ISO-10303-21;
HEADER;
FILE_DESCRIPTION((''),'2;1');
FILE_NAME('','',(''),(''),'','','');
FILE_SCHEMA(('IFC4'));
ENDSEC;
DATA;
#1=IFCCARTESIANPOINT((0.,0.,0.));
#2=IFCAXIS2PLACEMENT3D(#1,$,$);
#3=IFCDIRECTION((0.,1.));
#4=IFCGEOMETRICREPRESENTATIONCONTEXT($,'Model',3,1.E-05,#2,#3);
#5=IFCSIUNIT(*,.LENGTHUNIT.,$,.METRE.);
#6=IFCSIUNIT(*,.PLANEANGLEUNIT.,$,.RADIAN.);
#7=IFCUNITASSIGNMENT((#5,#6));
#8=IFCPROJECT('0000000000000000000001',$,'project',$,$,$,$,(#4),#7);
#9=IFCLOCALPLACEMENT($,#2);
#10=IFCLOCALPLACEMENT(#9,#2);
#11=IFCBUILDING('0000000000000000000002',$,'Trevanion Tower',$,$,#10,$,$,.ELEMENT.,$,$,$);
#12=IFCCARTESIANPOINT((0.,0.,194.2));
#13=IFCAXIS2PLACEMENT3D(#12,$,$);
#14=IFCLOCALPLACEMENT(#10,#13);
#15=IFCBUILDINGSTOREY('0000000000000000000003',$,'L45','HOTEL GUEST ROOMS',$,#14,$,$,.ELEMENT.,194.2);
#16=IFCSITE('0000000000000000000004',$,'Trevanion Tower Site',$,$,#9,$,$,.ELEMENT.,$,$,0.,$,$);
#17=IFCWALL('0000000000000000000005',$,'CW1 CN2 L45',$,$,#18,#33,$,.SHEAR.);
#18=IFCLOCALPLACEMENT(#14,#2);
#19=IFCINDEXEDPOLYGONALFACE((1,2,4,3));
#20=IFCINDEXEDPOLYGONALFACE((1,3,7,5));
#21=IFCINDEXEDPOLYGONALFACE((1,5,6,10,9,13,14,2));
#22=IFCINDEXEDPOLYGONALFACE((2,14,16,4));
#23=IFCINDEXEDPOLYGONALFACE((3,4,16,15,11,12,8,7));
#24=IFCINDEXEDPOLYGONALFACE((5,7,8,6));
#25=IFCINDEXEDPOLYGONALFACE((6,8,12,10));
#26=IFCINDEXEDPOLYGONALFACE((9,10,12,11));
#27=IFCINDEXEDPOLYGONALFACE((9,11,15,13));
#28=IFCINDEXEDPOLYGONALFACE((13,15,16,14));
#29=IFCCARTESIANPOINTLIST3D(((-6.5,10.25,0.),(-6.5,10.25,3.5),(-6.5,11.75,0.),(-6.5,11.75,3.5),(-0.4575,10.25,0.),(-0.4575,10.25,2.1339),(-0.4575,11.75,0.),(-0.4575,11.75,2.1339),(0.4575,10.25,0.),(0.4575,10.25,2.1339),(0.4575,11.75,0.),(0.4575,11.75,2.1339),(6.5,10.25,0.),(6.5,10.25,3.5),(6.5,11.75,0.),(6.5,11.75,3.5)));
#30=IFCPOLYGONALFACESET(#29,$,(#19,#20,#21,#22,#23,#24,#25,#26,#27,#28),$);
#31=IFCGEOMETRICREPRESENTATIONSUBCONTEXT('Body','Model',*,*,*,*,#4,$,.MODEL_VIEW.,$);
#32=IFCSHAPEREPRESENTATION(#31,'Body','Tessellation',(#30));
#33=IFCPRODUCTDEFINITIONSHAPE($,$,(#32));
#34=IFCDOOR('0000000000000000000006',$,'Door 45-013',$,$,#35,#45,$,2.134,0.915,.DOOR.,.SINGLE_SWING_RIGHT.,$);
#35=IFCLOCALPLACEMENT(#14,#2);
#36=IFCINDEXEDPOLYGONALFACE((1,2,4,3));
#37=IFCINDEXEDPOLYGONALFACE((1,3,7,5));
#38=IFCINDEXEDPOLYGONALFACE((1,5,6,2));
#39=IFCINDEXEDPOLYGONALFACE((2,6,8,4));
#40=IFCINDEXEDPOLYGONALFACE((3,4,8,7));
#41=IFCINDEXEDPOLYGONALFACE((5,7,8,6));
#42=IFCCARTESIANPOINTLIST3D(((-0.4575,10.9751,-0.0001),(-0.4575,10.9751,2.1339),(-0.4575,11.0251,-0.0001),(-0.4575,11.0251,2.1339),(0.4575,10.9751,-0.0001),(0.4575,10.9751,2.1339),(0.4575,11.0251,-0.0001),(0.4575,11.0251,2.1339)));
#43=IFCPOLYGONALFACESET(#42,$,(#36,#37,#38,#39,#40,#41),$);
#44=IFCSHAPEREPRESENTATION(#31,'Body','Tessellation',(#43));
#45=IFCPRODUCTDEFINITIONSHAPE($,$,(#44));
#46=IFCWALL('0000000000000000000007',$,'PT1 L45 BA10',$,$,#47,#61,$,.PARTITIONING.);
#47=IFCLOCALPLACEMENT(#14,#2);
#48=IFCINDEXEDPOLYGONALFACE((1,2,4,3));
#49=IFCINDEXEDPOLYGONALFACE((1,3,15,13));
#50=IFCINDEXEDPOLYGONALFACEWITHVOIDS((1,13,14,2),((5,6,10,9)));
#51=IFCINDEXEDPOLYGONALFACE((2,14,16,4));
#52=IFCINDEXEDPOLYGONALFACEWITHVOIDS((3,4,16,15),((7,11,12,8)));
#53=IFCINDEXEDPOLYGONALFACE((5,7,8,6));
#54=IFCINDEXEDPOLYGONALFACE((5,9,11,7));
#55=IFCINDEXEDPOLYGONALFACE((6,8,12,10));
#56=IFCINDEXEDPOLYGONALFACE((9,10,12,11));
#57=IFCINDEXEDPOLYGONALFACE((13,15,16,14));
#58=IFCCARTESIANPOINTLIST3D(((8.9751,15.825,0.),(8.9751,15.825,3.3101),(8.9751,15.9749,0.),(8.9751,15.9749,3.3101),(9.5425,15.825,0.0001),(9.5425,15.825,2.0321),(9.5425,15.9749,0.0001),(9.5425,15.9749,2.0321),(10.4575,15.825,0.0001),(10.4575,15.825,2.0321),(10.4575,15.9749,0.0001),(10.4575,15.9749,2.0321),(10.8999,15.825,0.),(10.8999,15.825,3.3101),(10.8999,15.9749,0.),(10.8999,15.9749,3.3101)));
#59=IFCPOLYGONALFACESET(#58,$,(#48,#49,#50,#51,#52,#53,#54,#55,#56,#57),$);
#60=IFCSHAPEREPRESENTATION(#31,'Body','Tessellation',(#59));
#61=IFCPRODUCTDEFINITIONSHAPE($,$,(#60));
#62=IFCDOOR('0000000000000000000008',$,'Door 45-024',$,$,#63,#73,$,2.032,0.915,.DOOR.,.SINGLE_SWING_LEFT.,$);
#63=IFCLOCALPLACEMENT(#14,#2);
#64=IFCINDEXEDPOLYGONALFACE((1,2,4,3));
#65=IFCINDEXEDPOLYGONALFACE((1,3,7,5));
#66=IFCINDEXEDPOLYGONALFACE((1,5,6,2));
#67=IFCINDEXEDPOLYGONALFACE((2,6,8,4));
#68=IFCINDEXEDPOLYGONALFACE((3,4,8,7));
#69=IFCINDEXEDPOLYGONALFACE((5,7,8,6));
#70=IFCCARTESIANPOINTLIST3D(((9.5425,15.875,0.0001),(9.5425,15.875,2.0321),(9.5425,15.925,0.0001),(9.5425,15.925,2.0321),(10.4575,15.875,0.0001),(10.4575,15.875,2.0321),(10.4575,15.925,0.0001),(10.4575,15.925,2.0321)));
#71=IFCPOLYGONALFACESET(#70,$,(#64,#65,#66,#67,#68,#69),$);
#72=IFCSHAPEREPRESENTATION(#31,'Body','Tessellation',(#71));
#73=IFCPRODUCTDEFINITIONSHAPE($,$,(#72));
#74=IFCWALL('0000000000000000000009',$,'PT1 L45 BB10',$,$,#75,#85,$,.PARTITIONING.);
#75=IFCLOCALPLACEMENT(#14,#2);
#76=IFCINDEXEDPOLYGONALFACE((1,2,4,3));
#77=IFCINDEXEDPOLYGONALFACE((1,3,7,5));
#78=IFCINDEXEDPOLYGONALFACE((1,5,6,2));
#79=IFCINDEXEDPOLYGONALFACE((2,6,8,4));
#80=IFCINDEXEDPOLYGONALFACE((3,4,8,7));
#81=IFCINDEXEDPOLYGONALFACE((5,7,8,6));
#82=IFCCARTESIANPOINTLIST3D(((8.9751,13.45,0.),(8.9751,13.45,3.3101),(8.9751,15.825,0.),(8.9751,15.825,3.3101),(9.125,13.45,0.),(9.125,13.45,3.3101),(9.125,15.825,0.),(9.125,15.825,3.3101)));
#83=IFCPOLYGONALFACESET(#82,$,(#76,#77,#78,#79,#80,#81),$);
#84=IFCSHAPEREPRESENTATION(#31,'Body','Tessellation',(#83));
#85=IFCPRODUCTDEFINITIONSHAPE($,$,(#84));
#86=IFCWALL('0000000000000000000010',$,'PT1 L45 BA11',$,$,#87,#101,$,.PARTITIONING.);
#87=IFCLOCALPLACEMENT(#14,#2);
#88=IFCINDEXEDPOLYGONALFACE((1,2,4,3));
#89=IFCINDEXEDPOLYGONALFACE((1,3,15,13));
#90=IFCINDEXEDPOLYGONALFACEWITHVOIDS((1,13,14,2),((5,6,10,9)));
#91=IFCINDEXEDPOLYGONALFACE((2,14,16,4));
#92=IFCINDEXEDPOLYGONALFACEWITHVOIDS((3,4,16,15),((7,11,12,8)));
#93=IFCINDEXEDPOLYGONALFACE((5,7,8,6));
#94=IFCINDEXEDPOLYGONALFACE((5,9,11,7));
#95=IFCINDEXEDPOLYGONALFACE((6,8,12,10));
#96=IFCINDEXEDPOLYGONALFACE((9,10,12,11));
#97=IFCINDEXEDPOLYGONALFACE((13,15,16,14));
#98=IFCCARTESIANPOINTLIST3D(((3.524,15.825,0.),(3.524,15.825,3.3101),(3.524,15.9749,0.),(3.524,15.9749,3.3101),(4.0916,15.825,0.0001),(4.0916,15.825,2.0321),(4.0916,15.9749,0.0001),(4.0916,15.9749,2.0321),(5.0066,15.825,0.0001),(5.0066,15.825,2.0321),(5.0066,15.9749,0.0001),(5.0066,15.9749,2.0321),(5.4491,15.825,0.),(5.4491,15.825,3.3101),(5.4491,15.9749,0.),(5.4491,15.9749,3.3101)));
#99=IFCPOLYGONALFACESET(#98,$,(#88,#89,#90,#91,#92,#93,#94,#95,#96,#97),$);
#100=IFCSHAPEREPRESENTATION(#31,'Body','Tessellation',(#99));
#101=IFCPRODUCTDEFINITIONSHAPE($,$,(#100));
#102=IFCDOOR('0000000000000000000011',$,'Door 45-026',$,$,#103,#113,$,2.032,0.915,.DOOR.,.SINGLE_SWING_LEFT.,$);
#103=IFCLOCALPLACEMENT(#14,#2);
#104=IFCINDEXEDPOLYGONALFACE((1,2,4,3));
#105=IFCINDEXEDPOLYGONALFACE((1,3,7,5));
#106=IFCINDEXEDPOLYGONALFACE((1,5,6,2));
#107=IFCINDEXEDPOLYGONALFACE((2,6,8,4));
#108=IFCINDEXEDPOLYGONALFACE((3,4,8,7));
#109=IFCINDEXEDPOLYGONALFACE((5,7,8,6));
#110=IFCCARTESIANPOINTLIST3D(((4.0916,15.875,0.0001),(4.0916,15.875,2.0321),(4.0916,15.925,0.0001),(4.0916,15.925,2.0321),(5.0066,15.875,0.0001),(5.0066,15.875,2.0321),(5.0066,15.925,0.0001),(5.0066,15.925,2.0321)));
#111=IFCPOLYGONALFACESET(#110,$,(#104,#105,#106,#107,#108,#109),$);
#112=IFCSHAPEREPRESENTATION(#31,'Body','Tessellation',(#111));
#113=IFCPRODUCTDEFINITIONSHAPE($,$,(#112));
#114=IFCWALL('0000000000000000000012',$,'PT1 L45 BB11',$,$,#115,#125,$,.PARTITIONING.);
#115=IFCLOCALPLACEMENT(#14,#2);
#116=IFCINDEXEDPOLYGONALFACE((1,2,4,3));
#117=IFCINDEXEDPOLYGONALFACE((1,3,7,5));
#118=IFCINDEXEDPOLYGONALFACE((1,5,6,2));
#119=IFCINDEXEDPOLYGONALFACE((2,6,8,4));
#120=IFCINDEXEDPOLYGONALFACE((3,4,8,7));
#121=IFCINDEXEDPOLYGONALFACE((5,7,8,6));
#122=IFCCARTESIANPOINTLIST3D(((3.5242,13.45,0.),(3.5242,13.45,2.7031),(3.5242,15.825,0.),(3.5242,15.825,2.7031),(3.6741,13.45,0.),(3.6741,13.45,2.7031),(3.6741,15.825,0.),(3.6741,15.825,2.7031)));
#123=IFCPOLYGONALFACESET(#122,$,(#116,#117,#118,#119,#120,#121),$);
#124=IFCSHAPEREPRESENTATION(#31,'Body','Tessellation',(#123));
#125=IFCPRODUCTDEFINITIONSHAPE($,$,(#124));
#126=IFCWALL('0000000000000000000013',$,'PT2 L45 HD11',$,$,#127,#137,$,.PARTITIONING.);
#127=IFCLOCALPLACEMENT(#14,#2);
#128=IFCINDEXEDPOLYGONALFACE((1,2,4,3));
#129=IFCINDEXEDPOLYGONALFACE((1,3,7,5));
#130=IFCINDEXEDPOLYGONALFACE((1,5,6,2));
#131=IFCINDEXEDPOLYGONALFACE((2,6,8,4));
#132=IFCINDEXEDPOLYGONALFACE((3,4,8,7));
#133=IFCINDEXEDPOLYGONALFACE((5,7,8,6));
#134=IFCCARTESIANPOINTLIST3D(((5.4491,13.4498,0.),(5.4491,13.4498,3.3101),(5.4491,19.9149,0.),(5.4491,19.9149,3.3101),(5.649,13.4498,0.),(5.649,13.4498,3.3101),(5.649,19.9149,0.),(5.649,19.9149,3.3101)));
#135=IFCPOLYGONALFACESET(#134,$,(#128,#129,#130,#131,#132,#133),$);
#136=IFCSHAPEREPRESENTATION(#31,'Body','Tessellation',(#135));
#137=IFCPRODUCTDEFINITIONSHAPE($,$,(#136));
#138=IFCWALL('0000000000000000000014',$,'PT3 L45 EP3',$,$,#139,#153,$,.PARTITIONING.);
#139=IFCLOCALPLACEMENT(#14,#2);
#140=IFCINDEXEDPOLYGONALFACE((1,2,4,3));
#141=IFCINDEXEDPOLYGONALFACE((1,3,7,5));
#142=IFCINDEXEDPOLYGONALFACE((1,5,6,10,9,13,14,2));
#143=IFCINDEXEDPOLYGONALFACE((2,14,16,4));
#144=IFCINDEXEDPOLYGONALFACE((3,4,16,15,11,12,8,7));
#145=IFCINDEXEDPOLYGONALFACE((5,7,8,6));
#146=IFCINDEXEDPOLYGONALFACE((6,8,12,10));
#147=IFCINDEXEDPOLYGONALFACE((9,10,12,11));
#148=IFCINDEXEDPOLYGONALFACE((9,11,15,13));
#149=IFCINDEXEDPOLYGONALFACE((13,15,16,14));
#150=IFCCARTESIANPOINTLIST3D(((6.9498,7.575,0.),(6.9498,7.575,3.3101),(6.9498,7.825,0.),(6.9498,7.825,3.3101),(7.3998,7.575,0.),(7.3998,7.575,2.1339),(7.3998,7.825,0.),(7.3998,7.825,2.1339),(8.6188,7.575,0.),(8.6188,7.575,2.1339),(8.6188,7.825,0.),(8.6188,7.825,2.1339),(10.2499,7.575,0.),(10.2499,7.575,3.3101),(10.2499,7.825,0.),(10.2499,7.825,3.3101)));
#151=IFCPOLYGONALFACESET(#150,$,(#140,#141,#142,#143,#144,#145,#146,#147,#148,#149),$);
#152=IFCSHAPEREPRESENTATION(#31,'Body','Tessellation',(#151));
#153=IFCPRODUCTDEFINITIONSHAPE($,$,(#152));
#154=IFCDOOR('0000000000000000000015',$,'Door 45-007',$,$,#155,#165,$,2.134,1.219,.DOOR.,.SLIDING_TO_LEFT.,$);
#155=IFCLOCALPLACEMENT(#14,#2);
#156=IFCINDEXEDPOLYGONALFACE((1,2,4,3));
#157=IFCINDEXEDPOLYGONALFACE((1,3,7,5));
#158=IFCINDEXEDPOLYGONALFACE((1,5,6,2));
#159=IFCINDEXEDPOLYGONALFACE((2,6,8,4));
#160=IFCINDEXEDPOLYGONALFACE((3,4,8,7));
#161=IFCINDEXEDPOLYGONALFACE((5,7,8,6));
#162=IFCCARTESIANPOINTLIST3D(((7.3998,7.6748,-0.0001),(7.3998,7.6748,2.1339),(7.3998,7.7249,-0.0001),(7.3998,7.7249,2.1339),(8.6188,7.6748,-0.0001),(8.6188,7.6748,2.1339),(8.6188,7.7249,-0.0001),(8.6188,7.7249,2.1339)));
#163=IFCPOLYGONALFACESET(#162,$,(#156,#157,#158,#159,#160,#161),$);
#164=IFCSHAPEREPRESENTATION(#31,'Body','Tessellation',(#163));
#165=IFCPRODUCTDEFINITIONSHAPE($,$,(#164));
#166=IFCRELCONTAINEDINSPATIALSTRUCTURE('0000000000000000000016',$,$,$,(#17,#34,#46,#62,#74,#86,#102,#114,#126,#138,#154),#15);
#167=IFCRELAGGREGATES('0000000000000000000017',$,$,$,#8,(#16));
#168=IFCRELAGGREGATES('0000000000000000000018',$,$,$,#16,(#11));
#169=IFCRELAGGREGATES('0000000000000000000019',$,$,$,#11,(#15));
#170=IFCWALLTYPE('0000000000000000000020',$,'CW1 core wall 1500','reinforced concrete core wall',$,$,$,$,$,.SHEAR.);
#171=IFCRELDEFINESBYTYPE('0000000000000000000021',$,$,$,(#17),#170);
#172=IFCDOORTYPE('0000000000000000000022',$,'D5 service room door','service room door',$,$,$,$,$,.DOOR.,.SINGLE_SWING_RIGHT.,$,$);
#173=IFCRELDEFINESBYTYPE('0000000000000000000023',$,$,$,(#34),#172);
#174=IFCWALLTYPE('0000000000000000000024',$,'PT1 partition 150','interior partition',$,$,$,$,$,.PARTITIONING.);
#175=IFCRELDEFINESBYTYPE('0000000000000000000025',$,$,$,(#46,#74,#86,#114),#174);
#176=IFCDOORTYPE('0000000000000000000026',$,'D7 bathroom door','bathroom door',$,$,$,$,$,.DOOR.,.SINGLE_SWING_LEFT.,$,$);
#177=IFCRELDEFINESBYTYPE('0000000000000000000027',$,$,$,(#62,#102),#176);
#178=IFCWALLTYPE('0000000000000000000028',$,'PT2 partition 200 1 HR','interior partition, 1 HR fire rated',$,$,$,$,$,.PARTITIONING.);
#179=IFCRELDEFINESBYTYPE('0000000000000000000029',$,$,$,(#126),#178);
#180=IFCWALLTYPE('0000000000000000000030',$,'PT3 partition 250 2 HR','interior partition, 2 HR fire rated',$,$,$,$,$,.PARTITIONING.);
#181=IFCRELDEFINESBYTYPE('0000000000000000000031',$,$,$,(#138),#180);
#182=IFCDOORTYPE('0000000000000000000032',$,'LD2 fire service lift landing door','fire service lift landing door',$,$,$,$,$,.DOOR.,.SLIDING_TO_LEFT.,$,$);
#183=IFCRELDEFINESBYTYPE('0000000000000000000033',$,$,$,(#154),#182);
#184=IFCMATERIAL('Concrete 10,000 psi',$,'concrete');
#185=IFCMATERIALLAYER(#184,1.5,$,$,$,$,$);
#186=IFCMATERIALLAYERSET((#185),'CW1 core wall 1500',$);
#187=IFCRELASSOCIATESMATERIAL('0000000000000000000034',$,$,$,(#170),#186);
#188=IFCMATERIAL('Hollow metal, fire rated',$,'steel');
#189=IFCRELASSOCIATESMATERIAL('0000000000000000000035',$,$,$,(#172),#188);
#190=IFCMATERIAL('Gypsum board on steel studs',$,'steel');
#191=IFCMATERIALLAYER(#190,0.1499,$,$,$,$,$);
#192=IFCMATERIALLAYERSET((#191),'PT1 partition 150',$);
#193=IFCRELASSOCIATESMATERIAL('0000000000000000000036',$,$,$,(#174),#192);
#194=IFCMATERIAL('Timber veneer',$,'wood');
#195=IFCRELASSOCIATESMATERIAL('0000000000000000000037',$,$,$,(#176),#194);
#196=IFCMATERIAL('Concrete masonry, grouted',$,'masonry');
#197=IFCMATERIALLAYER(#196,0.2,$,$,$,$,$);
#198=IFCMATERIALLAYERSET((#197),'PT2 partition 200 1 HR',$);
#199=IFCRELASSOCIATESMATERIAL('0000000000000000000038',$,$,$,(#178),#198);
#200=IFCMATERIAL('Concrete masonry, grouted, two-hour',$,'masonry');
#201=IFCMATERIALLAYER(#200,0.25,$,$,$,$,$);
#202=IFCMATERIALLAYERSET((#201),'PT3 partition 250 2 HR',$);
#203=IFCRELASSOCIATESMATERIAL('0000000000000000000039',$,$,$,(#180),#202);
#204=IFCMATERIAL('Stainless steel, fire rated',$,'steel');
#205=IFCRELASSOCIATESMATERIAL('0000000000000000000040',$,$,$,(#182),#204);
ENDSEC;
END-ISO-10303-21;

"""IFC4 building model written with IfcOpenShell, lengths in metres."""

from ifc_helpers import new_model, si_unit, direction, frame, frame_2d, origin, place, context, subcontext, project, spatial, rectangle, extrude, material, layer, layer_set, type_object, element, fill, save


model = new_model("IFC4")

# Units and contexts
model_context = context("Model", 3, precision=1e-05, world=origin(), true_north=direction((0.0, 1.0)))
body_context = subcontext(model_context, "Body", "Model", "MODEL_VIEW")
ifc_project = project(units=[si_unit("LENGTHUNIT", "METRE"), si_unit("PLANEANGLEUNIT", "RADIAN")], contexts=[model_context])

# Site, building, storey
site_placement = place(None, origin())
site = spatial("IfcSite", under=ifc_project, at=site_placement, Name="Trevanion Tower Site", CompositionType="ELEMENT", RefElevation=0.0)
building_placement = place(site_placement, origin())
building = spatial("IfcBuilding", under=site, at=building_placement, Name="Trevanion Tower", CompositionType="ELEMENT")
storey_placement = place(building_placement, frame((0.0, 0.0, 194.2)))
storey = spatial("IfcBuildingStorey", under=building, at=storey_placement, Name="L45", Description="HOTEL GUEST ROOMS", CompositionType="ELEMENT", Elevation=194.2)

# Shared definitions
ifc_material_1 = material(Name="Concrete 10,000 psi", Category="concrete")
ifc_layer_1 = layer(ifc_material_1, 1.5)
ifc_layer_set_1 = layer_set([ifc_layer_1], Name="CW1 core wall 1500")
wall_type_1 = type_object("IfcWallType", Name="CW1 core wall 1500", Description="reinforced concrete core wall", PredefinedType="SHEAR", material=ifc_layer_set_1)

# Walls, openings, doors
wall_1_placement = place(storey_placement, frame((6.5, 11.0, 0.0), z_axis=(0.0, 0.0, 1.0), x_axis=(-1.0, 0.0, 0.0)))
wall_1 = element("IfcWall", 1, at=wall_1_placement, inside=storey, type_object=wall_type_1, Name="CW1 CN2 L45", PredefinedType="SHEAR", context=body_context, shape_type="SweptSolid", body=[
    extrude(rectangle(XDim=13.0, YDim=1.5, at=frame_2d((6.5, 0.0))), origin(), (0.0, 0.0, 1.0), 3.5),
])
opening_1_placement = place(wall_1_placement, frame((6.0425, 0.0, 0.0)))
opening_1 = element("IfcOpeningElement", 2, at=opening_1_placement, cuts=wall_1, PredefinedType="OPENING", context=body_context, shape_type="SweptSolid", body=[
    extrude(rectangle(XDim=0.915, YDim=2.134, at=frame_2d((0.4575, 1.0669))), frame((0.0, 0.76, 0.0), z_axis=(0.0, -1.0, 0.0), x_axis=(1.0, 0.0, 0.0)), (0.0, 0.0, 1.0), 1.52),
])
ifc_material_2 = material(Name="Hollow metal, fire rated", Category="steel")
door_type_1 = type_object("IfcDoorType", Name="D5 service room door", Description="service room door", OperationType="SINGLE_SWING_RIGHT", PredefinedType="DOOR", material=ifc_material_2)
door_1_placement = place(opening_1_placement, origin())
door_1 = element("IfcDoor", 3, at=door_1_placement, inside=storey, type_object=door_type_1, Name="Door 45-013", OperationType="SINGLE_SWING_RIGHT", OverallHeight=2.134, OverallWidth=0.915, PredefinedType="DOOR", context=body_context, shape_type="SweptSolid", body=[
    extrude(rectangle(XDim=0.915, YDim=2.134, at=frame_2d((0.4575, 1.0669))), frame((0.0, 0.0249, 0.0), z_axis=(0.0, -1.0, 0.0), x_axis=(1.0, 0.0, 0.0)), (0.0, 0.0, 1.0), 0.05),
])
fill(opening_1, door_1)
ifc_material_3 = material(Name="Gypsum board on steel studs", Category="steel")
ifc_layer_2 = layer(ifc_material_3, 0.1499)
ifc_layer_set_2 = layer_set([ifc_layer_2], Name="PT1 partition 150")
wall_type_2 = type_object("IfcWallType", Name="PT1 partition 150", Description="interior partition", PredefinedType="PARTITIONING", material=ifc_layer_set_2)
wall_2_placement = place(storey_placement, frame((10.8999, 15.8999, 0.0), z_axis=(0.0, 0.0, 1.0), x_axis=(-1.0, 0.0, 0.0)))
wall_2 = element("IfcWall", 4, at=wall_2_placement, inside=storey, type_object=wall_type_2, Name="PT1 L45 BA10", PredefinedType="PARTITIONING", context=body_context, shape_type="SweptSolid", body=[
    extrude(rectangle(XDim=1.9248, YDim=0.1499, at=frame_2d((0.9624, 0.0))), origin(), (0.0, 0.0, 1.0), 3.3101),
])
opening_2_placement = place(wall_2_placement, frame((0.4424, 0.0, 0.0)))
opening_2 = element("IfcOpeningElement", 5, at=opening_2_placement, cuts=wall_2, PredefinedType="OPENING", context=body_context, shape_type="SweptSolid", body=[
    extrude(rectangle(XDim=0.915, YDim=2.032, at=frame_2d((0.4575, 1.0161))), frame((0.0, 0.085, 0.0), z_axis=(0.0, -1.0, 0.0), x_axis=(1.0, 0.0, 0.0)), (0.0, 0.0, 1.0), 0.1699),
])
ifc_material_4 = material(Name="Timber veneer", Category="wood")
door_type_2 = type_object("IfcDoorType", Name="D7 bathroom door", Description="bathroom door", OperationType="SINGLE_SWING_LEFT", PredefinedType="DOOR", material=ifc_material_4)
door_2_placement = place(opening_2_placement, origin())
door_2 = element("IfcDoor", 6, at=door_2_placement, inside=storey, type_object=door_type_2, Name="Door 45-024", OperationType="SINGLE_SWING_LEFT", OverallHeight=2.032, OverallWidth=0.915, PredefinedType="DOOR", context=body_context, shape_type="SweptSolid", body=[
    extrude(rectangle(XDim=0.915, YDim=2.032, at=frame_2d((0.4575, 1.0161))), frame((0.0, 0.0249, 0.0), z_axis=(0.0, -1.0, 0.0), x_axis=(1.0, 0.0, 0.0)), (0.0, 0.0, 1.0), 0.05),
])
fill(opening_2, door_2)

# Wall
wall_3_placement = place(storey_placement, frame((9.05, 13.45, 0.0), z_axis=(0.0, 0.0, 1.0), x_axis=(0.0, 1.0, 0.0)))
element("IfcWall", 7, at=wall_3_placement, inside=storey, type_object=wall_type_2, Name="PT1 L45 BB10", PredefinedType="PARTITIONING", context=body_context, shape_type="SweptSolid", body=[
    extrude(rectangle(XDim=2.375, YDim=0.1499, at=frame_2d((1.1875, 0.0))), origin(), (0.0, 0.0, 1.0), 3.3101),
])

# Wall, opening, door
wall_4_placement = place(storey_placement, frame((5.449, 15.8999, 0.0), z_axis=(0.0, 0.0, 1.0), x_axis=(-1.0, 0.0, 0.0)))
wall_4 = element("IfcWall", 8, at=wall_4_placement, inside=storey, type_object=wall_type_2, Name="PT1 L45 BA11", PredefinedType="PARTITIONING", context=body_context, shape_type="SweptSolid", body=[
    extrude(rectangle(XDim=1.925, YDim=0.1499, at=frame_2d((0.9624, 0.0))), origin(), (0.0, 0.0, 1.0), 3.3101),
])
opening_3_placement = place(wall_4_placement, frame((0.4424, 0.0, 0.0)))
opening_3 = element("IfcOpeningElement", 9, at=opening_3_placement, cuts=wall_4, PredefinedType="OPENING", context=body_context, shape_type="SweptSolid", body=[
    extrude(rectangle(XDim=0.915, YDim=2.032, at=frame_2d((0.4575, 1.0161))), frame((0.0, 0.085, 0.0), z_axis=(0.0, -1.0, 0.0), x_axis=(1.0, 0.0, 0.0)), (0.0, 0.0, 1.0), 0.1699),
])
door_3_placement = place(opening_3_placement, origin())
door_3 = element("IfcDoor", 10, at=door_3_placement, inside=storey, type_object=door_type_2, Name="Door 45-026", OperationType="SINGLE_SWING_LEFT", OverallHeight=2.032, OverallWidth=0.915, PredefinedType="DOOR", context=body_context, shape_type="SweptSolid", body=[
    extrude(rectangle(XDim=0.915, YDim=2.032, at=frame_2d((0.4575, 1.0161))), frame((0.0, 0.0249, 0.0), z_axis=(0.0, -1.0, 0.0), x_axis=(1.0, 0.0, 0.0)), (0.0, 0.0, 1.0), 0.05),
])
fill(opening_3, door_3)

# Walls
wall_5_placement = place(storey_placement, frame((3.5991, 13.45, 0.0), z_axis=(0.0, 0.0, 1.0), x_axis=(0.0, 1.0, 0.0)))
element("IfcWall", 11, at=wall_5_placement, inside=storey, type_object=wall_type_2, Name="PT1 L45 BB11", PredefinedType="PARTITIONING", context=body_context, shape_type="SweptSolid", body=[
    extrude(rectangle(XDim=2.375, YDim=0.1499, at=frame_2d((1.1875, 0.0))), origin(), (0.0, 0.0, 1.0), 2.7031),
])
ifc_material_5 = material(Name="Concrete masonry, grouted", Category="masonry")
ifc_layer_3 = layer(ifc_material_5, 0.2)
ifc_layer_set_3 = layer_set([ifc_layer_3], Name="PT2 partition 200 1 HR")
wall_type_3 = type_object("IfcWallType", Name="PT2 partition 200 1 HR", Description="interior partition, 1 HR fire rated", PredefinedType="PARTITIONING", material=ifc_layer_set_3)
wall_6_placement = place(storey_placement, frame((5.5491, 13.45, 0.0), z_axis=(0.0, 0.0, 1.0), x_axis=(0.0, 1.0, 0.0)))
element("IfcWall", 12, at=wall_6_placement, inside=storey, type_object=wall_type_3, Name="PT2 L45 HD11", PredefinedType="PARTITIONING", context=body_context, shape_type="SweptSolid", body=[
    extrude(rectangle(XDim=6.4651, YDim=0.2, at=frame_2d((3.2324, 0.0))), origin(), (0.0, 0.0, 1.0), 3.3101),
])

# Wall, opening, door
ifc_material_6 = material(Name="Concrete masonry, grouted, two-hour", Category="masonry")
ifc_layer_4 = layer(ifc_material_6, 0.25)
ifc_layer_set_4 = layer_set([ifc_layer_4], Name="PT3 partition 250 2 HR")
wall_type_4 = type_object("IfcWallType", Name="PT3 partition 250 2 HR", Description="interior partition, 2 HR fire rated", PredefinedType="PARTITIONING", material=ifc_layer_set_4)
wall_7_placement = place(storey_placement, frame((6.95, 7.7, 0.0), z_axis=(0.0, 0.0, 1.0), x_axis=(1.0, 0.0, 0.0)))
wall_7 = element("IfcWall", 13, at=wall_7_placement, inside=storey, type_object=wall_type_4, Name="PT3 L45 EP3", PredefinedType="PARTITIONING", context=body_context, shape_type="SweptSolid", body=[
    extrude(rectangle(XDim=3.3, YDim=0.25, at=frame_2d((1.6499, 0.0))), origin(), (0.0, 0.0, 1.0), 3.3101),
])
opening_4_placement = place(wall_7_placement, frame((0.45, 0.0, 0.0)))
opening_4 = element("IfcOpeningElement", 14, at=opening_4_placement, cuts=wall_7, PredefinedType="OPENING", context=body_context, shape_type="SweptSolid", body=[
    extrude(rectangle(XDim=1.219, YDim=2.134, at=frame_2d((0.6094, 1.0669))), frame((0.0, 0.135, 0.0), z_axis=(0.0, -1.0, 0.0), x_axis=(1.0, 0.0, 0.0)), (0.0, 0.0, 1.0), 0.27),
])
ifc_material_7 = material(Name="Stainless steel, fire rated", Category="steel")
door_type_3 = type_object("IfcDoorType", Name="LD2 fire service lift landing door", Description="fire service lift landing door", OperationType="SLIDING_TO_LEFT", PredefinedType="DOOR", material=ifc_material_7)
door_4_placement = place(opening_4_placement, origin())
door_4 = element("IfcDoor", 15, at=door_4_placement, inside=storey, type_object=door_type_3, Name="Door 45-007", OperationType="SLIDING_TO_LEFT", OverallHeight=2.134, OverallWidth=1.219, PredefinedType="DOOR", context=body_context, shape_type="SweptSolid", body=[
    extrude(rectangle(XDim=1.219, YDim=2.134, at=frame_2d((0.6094, 1.0669))), frame((0.0, 0.0249, 0.0), z_axis=(0.0, -1.0, 0.0), x_axis=(1.0, 0.0, 0.0)), (0.0, 0.0, 1.0), 0.05),
])
fill(opening_4, door_4)

save(model, "model.ifc")
